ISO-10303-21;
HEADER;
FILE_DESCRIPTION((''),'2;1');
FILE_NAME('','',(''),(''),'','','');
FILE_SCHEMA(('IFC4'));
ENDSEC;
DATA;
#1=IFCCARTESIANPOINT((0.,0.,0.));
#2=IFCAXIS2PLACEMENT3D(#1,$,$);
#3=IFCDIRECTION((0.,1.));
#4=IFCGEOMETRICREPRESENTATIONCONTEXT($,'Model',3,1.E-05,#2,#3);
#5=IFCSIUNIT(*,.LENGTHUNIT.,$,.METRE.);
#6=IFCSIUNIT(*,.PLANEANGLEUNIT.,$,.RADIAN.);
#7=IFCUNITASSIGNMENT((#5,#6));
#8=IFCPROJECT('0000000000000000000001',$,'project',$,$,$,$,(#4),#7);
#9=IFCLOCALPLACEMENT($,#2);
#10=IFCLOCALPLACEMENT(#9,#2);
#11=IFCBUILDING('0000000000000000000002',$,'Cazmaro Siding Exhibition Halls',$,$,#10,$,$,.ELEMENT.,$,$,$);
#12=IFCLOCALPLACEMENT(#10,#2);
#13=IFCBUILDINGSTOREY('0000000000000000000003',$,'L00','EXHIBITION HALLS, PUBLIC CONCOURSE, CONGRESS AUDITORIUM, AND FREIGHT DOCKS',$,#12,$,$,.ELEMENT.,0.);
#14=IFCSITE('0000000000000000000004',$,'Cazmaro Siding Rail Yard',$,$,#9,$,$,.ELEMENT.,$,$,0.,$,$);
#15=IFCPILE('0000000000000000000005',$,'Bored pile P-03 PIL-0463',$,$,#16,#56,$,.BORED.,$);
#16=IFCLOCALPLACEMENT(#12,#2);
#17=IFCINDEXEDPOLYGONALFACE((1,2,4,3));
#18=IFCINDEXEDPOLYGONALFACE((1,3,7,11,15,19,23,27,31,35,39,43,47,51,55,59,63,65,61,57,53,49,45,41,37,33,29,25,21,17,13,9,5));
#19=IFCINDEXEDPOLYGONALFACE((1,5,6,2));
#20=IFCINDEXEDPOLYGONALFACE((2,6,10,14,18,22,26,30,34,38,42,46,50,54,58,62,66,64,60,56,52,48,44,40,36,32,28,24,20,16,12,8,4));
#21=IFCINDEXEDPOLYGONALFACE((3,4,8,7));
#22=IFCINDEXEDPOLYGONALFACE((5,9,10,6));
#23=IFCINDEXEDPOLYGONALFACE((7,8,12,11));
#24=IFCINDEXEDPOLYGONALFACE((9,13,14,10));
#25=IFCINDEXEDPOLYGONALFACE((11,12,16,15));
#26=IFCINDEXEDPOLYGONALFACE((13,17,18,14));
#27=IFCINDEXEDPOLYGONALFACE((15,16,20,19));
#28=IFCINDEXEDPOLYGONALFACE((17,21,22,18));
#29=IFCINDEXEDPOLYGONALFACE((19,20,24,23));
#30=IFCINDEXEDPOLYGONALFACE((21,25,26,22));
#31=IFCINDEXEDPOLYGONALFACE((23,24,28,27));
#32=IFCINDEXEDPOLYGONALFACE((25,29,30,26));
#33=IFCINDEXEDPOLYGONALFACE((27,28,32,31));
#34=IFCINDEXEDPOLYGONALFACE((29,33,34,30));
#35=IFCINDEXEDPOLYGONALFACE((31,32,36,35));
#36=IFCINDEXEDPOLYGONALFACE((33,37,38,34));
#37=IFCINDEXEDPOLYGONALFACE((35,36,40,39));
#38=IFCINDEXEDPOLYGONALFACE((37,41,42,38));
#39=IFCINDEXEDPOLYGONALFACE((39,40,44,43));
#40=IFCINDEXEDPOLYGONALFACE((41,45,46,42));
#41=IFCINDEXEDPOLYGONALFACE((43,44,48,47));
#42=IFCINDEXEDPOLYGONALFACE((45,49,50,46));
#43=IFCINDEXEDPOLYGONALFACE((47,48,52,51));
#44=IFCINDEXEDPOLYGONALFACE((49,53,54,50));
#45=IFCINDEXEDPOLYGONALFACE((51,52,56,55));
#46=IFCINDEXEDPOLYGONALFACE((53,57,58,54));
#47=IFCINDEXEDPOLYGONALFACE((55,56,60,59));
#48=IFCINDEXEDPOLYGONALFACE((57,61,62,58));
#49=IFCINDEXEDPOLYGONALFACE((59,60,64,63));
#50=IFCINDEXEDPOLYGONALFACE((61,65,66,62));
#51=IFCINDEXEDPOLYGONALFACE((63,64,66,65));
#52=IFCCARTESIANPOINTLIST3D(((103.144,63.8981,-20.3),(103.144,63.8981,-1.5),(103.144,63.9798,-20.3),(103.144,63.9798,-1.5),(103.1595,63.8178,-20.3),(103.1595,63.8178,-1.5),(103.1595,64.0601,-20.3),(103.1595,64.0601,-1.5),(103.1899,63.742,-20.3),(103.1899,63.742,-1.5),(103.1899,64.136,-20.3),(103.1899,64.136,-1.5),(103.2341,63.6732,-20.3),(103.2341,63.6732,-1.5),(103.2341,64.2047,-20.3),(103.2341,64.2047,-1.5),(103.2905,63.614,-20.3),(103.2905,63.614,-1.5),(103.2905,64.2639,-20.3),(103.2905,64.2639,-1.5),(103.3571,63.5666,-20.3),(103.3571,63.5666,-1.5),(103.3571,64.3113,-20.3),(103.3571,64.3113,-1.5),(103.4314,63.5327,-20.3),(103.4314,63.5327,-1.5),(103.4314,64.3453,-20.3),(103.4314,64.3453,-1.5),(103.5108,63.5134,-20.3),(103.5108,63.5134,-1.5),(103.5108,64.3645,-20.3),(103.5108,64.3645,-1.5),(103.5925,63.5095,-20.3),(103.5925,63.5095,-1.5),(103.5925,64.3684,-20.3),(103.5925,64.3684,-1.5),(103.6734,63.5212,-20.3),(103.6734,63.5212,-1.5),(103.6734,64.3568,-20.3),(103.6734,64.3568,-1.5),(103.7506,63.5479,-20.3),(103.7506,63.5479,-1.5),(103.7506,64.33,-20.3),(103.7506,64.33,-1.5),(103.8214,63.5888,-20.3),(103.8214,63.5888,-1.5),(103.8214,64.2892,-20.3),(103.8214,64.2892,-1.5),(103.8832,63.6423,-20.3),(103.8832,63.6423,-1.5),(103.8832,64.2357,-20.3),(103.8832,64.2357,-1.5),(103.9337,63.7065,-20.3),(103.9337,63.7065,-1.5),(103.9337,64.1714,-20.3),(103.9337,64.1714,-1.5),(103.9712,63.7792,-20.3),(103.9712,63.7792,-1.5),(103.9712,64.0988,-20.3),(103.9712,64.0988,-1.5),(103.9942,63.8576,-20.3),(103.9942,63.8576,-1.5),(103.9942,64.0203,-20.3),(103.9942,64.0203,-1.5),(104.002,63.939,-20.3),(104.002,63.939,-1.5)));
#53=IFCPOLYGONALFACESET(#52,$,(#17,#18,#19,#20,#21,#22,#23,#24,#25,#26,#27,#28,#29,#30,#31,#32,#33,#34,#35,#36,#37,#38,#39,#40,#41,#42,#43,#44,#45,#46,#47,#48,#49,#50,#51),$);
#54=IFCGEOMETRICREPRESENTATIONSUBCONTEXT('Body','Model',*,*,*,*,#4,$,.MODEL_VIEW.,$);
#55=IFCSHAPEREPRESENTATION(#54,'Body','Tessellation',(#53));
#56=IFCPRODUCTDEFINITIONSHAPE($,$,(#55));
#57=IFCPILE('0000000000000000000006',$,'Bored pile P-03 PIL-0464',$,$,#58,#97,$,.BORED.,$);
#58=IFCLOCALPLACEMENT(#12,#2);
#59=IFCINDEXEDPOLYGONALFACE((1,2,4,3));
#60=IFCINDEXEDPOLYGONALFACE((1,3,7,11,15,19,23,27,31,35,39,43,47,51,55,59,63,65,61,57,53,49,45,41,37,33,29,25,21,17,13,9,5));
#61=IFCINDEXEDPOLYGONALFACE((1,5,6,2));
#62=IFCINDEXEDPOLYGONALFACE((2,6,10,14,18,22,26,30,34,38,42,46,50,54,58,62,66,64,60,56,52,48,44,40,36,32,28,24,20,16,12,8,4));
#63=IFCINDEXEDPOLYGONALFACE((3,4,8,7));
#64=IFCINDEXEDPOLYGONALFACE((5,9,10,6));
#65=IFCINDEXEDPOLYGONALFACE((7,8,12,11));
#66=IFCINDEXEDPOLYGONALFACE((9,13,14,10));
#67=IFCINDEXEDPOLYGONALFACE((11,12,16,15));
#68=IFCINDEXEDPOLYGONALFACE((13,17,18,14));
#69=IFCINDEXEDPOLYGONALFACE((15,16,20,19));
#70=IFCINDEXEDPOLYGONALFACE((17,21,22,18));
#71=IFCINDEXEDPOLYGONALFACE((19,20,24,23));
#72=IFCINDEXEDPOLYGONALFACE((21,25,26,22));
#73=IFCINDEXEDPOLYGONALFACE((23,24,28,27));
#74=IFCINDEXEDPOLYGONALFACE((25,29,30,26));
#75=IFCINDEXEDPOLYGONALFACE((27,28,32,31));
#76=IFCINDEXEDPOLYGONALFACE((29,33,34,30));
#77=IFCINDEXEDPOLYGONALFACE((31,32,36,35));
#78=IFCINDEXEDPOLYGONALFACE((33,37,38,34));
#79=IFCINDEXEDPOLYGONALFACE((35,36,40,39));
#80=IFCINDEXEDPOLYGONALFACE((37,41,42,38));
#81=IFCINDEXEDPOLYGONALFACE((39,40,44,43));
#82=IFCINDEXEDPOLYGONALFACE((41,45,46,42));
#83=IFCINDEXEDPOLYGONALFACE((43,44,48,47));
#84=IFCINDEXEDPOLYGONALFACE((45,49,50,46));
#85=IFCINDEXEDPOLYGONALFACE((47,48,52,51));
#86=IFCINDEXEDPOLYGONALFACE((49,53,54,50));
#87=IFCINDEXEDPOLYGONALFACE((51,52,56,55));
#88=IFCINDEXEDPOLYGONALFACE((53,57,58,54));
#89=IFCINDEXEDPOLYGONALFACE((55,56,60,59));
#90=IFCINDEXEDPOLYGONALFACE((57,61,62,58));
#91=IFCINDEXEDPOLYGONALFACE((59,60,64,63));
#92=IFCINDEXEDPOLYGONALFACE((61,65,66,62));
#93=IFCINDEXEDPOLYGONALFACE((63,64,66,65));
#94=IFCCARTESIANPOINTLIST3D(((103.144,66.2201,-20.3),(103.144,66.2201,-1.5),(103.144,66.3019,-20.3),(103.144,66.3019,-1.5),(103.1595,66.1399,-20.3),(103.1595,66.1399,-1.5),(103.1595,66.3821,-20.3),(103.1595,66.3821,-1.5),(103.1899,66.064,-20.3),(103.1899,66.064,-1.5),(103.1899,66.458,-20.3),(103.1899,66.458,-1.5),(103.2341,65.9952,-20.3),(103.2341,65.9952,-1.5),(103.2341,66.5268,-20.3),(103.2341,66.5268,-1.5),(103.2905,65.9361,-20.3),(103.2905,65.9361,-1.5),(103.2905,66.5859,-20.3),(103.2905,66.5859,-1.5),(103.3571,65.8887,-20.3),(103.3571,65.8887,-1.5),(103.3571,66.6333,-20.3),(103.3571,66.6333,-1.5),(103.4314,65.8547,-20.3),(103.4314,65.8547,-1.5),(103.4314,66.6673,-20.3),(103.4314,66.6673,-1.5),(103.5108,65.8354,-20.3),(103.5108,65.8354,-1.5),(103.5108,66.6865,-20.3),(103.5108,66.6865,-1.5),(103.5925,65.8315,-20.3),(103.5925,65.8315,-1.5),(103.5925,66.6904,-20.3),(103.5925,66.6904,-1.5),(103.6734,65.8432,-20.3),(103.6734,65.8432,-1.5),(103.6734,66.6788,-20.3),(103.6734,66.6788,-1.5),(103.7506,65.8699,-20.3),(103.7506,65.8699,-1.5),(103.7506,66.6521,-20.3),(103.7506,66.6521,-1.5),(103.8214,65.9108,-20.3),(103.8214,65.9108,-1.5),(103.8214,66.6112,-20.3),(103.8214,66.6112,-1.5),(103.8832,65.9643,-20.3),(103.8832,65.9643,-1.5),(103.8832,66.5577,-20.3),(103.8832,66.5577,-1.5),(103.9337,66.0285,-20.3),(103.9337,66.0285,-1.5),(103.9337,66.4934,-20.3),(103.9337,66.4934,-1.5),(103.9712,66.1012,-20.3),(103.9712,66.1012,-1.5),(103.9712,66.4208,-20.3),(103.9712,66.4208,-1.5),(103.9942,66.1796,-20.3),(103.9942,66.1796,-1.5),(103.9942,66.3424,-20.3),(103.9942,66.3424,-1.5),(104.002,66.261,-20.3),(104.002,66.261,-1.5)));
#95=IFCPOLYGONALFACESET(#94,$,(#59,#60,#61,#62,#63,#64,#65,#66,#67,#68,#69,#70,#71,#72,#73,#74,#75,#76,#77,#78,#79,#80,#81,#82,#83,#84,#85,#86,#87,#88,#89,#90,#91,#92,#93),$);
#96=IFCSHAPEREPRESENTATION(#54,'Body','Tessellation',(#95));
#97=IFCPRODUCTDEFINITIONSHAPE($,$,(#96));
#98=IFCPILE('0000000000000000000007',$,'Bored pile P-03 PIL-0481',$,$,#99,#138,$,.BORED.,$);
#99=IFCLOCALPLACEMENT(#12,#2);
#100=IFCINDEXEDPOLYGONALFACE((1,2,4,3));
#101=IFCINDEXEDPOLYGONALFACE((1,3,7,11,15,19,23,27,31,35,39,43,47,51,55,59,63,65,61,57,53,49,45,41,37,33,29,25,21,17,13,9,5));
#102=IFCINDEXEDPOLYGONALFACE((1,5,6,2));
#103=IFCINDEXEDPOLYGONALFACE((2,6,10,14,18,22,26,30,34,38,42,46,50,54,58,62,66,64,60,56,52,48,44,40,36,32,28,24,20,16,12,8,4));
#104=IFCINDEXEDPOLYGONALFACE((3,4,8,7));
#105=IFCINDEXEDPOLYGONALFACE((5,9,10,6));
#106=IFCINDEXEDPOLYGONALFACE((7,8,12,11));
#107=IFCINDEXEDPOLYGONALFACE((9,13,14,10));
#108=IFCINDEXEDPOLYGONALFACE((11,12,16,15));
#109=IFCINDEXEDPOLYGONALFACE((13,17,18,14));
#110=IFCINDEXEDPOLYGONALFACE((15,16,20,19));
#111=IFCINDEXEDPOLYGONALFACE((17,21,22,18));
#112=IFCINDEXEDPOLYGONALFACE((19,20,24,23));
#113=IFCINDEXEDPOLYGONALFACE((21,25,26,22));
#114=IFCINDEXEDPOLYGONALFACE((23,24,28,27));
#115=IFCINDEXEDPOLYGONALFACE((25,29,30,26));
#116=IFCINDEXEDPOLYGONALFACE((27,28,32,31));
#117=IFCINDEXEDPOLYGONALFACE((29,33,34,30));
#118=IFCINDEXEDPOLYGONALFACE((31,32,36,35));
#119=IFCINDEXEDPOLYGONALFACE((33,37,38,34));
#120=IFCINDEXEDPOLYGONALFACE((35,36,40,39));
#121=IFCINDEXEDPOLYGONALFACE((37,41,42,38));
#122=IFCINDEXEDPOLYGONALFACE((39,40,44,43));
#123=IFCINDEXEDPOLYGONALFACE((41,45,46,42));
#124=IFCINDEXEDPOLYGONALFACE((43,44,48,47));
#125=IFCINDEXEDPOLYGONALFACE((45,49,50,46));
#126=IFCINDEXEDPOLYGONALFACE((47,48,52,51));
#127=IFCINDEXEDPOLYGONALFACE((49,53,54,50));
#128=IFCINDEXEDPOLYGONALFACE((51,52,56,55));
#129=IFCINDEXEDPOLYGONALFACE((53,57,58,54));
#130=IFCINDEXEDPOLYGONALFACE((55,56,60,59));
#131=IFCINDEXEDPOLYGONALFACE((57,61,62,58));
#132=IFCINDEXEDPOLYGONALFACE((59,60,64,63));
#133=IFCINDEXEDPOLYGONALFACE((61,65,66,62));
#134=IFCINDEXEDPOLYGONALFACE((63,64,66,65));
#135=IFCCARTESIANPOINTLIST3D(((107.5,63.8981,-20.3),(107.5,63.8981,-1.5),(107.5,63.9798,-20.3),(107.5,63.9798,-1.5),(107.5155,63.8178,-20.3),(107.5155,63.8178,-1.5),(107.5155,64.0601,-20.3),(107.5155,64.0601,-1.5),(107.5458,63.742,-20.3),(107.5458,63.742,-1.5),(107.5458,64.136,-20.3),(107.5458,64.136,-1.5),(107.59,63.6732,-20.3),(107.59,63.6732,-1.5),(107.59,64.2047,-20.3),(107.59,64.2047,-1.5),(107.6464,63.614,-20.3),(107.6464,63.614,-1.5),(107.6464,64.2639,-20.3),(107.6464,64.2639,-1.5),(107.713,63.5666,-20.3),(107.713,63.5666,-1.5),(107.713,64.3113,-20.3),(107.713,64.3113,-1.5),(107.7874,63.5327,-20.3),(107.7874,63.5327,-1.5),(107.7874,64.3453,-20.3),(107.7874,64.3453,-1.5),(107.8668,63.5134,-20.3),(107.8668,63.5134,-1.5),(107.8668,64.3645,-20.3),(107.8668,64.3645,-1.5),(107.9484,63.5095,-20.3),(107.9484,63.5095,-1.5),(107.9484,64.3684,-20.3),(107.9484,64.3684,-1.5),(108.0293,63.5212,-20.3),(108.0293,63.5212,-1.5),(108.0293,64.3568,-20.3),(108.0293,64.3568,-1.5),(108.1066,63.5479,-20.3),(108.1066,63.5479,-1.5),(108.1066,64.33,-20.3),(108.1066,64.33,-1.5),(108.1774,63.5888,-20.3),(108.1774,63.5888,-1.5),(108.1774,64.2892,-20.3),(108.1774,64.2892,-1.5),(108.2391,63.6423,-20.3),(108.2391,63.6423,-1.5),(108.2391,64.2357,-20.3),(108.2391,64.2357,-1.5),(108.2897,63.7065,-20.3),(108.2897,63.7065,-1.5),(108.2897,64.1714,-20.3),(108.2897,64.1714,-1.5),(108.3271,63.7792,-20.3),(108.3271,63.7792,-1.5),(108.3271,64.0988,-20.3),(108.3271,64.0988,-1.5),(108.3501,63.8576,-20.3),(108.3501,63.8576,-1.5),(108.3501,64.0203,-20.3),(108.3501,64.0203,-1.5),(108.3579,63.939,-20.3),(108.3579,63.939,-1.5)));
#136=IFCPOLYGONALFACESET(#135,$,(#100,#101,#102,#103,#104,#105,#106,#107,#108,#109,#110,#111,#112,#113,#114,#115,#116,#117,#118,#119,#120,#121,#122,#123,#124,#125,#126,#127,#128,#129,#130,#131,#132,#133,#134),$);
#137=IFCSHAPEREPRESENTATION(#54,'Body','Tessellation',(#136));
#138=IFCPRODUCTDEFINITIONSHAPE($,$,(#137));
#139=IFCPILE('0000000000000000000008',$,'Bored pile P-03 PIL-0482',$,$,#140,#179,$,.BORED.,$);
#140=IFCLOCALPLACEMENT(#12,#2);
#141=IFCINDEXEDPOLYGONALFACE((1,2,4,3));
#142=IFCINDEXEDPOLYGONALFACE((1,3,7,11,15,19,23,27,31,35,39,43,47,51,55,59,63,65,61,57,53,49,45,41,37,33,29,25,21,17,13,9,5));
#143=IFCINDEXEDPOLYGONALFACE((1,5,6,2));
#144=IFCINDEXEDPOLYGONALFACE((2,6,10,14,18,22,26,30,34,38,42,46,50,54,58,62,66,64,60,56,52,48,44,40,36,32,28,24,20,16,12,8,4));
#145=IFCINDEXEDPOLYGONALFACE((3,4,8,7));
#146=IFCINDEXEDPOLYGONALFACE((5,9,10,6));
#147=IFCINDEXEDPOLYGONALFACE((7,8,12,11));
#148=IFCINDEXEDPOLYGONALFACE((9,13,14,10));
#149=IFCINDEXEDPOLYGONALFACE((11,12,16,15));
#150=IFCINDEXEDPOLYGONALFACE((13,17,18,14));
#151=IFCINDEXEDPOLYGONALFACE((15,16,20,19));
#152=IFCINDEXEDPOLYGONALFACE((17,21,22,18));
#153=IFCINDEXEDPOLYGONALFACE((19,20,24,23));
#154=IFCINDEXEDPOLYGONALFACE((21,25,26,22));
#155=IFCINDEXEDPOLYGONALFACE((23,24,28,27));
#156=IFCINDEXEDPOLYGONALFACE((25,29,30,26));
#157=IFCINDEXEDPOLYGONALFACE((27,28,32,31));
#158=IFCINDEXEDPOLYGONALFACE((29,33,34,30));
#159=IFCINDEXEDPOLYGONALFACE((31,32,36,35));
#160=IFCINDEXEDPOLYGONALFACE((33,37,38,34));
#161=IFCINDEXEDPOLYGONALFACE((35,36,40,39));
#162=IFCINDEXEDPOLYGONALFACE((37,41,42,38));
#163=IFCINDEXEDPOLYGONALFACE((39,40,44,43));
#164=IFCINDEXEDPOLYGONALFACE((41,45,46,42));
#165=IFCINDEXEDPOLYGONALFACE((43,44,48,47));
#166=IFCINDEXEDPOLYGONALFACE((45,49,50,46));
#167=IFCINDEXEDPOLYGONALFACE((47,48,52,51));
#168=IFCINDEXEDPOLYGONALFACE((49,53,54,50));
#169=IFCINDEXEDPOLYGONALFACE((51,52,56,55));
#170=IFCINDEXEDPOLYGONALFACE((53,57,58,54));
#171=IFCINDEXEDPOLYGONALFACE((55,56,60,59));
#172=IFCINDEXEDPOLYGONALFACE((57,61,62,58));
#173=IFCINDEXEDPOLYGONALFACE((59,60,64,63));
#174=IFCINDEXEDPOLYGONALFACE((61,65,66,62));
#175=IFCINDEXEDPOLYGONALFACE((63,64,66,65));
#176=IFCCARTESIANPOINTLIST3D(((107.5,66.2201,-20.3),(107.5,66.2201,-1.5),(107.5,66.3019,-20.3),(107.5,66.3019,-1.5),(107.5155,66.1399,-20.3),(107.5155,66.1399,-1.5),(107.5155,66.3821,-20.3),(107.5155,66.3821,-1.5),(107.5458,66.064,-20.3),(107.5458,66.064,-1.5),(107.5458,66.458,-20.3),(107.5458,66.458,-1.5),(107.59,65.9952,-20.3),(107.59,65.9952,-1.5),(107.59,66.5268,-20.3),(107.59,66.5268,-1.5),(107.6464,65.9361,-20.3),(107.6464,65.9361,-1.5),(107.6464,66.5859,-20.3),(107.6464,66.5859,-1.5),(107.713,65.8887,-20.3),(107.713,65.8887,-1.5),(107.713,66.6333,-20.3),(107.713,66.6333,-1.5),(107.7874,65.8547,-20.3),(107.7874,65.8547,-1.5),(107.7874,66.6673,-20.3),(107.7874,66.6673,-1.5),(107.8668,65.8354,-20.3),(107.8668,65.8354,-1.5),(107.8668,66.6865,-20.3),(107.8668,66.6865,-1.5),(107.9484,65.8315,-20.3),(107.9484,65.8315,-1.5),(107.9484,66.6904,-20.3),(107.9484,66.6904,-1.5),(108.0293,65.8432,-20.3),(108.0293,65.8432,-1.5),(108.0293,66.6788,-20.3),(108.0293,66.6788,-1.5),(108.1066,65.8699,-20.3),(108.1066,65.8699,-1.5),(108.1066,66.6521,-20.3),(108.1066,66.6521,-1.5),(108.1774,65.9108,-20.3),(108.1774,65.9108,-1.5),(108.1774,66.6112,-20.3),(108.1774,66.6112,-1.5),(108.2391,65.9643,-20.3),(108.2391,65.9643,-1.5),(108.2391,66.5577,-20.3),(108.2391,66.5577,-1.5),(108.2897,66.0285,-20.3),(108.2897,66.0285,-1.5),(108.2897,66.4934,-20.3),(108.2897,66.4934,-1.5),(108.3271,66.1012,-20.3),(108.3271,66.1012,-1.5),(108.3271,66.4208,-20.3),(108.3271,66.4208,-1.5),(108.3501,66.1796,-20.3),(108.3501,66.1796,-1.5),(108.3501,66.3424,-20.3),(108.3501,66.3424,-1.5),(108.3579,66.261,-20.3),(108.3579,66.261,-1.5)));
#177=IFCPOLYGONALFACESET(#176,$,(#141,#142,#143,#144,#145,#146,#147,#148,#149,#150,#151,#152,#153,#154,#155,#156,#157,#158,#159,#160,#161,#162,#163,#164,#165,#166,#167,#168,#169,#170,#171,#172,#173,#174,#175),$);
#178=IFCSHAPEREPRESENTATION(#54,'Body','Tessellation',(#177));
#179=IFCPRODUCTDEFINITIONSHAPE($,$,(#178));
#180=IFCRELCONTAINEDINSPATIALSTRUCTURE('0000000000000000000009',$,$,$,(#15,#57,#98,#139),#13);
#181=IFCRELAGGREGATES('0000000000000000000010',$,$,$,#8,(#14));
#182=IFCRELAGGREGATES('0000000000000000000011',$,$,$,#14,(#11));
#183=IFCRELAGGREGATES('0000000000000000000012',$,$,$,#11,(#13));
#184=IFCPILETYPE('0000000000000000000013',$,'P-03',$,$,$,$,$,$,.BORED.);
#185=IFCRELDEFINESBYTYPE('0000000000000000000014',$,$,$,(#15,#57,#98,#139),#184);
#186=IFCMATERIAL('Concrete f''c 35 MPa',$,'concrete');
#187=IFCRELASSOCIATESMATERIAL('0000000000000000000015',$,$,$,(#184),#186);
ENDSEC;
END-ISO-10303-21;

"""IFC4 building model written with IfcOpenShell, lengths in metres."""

from ifc_helpers import new_model, si_unit, direction, frame, origin, origin_2d, place, context, subcontext, project, spatial, circle, extrude, material, material_profile, profile_set, type_object, element, save


model = new_model("IFC4")

# Units and contexts
model_context = context("Model", 3, precision=1e-05, world=origin(), true_north=direction((0.0, 1.0)))
body_context = subcontext(model_context, "Body", "Model", "MODEL_VIEW")
ifc_project = project(units=[si_unit("LENGTHUNIT", "METRE"), si_unit("PLANEANGLEUNIT", "RADIAN")], contexts=[model_context])

# Site, building, storey
site_placement = place(None, origin())
site = spatial("IfcSite", under=ifc_project, at=site_placement, Name="Cazmaro Siding Rail Yard", CompositionType="ELEMENT", RefElevation=0.0)
building_placement = place(site_placement, origin())
building = spatial("IfcBuilding", under=site, at=building_placement, Name="Cazmaro Siding Exhibition Halls", CompositionType="ELEMENT")
storey_placement = place(building_placement, origin())
storey = spatial("IfcBuildingStorey", under=building, at=storey_placement, Name="L00", Description="EXHIBITION HALLS, PUBLIC CONCOURSE, CONGRESS AUDITORIUM, AND FREIGHT DOCKS", CompositionType="ELEMENT", Elevation=0.0)

# Piles
ifc_material_1 = material(Name="Concrete f'c 35 MPa", Category="concrete")
ifc_material_profile_1 = material_profile(ifc_material_1, circle(Radius=0.4299, at=origin_2d()), Name="CIDH-860")
ifc_profile_set_1 = profile_set([ifc_material_profile_1], Name="Concrete f'c 35 MPa")
pile_type = type_object("IfcPileType", Name="P-03", PredefinedType="BORED", material=ifc_profile_set_1)
for number, where, z_axis, x_axis, name in (
    (1, (103.572, 63.939, -1.5), (0.0, 0.0, -1.0), (1.0, 0.0, 0.0), "Bored pile P-03 PIL-0463"),
    (2, (103.572, 66.261, -1.5), (0.0, 0.0, -1.0), (1.0, 0.0, 0.0), "Bored pile P-03 PIL-0464"),
    (3, (107.928, 63.939, -1.5), (0.0, 0.0, -1.0), (1.0, 0.0, 0.0), "Bored pile P-03 PIL-0481"),
    (4, (107.928, 66.261, -1.5), (0.0, 0.0, -1.0), (1.0, 0.0, 0.0), "Bored pile P-03 PIL-0482"),
):
    element("IfcPile", number, at=place(storey_placement, frame(where, z_axis=z_axis, x_axis=x_axis)), inside=storey, type_object=pile_type, Name=name, PredefinedType="BORED", context=body_context, shape_type="SweptSolid", body=[
        extrude(circle(Radius=0.4299, at=origin_2d()), origin(), (0.0, 0.0, 1.0), 18.8),
    ])

save(model, "model.ifc")
